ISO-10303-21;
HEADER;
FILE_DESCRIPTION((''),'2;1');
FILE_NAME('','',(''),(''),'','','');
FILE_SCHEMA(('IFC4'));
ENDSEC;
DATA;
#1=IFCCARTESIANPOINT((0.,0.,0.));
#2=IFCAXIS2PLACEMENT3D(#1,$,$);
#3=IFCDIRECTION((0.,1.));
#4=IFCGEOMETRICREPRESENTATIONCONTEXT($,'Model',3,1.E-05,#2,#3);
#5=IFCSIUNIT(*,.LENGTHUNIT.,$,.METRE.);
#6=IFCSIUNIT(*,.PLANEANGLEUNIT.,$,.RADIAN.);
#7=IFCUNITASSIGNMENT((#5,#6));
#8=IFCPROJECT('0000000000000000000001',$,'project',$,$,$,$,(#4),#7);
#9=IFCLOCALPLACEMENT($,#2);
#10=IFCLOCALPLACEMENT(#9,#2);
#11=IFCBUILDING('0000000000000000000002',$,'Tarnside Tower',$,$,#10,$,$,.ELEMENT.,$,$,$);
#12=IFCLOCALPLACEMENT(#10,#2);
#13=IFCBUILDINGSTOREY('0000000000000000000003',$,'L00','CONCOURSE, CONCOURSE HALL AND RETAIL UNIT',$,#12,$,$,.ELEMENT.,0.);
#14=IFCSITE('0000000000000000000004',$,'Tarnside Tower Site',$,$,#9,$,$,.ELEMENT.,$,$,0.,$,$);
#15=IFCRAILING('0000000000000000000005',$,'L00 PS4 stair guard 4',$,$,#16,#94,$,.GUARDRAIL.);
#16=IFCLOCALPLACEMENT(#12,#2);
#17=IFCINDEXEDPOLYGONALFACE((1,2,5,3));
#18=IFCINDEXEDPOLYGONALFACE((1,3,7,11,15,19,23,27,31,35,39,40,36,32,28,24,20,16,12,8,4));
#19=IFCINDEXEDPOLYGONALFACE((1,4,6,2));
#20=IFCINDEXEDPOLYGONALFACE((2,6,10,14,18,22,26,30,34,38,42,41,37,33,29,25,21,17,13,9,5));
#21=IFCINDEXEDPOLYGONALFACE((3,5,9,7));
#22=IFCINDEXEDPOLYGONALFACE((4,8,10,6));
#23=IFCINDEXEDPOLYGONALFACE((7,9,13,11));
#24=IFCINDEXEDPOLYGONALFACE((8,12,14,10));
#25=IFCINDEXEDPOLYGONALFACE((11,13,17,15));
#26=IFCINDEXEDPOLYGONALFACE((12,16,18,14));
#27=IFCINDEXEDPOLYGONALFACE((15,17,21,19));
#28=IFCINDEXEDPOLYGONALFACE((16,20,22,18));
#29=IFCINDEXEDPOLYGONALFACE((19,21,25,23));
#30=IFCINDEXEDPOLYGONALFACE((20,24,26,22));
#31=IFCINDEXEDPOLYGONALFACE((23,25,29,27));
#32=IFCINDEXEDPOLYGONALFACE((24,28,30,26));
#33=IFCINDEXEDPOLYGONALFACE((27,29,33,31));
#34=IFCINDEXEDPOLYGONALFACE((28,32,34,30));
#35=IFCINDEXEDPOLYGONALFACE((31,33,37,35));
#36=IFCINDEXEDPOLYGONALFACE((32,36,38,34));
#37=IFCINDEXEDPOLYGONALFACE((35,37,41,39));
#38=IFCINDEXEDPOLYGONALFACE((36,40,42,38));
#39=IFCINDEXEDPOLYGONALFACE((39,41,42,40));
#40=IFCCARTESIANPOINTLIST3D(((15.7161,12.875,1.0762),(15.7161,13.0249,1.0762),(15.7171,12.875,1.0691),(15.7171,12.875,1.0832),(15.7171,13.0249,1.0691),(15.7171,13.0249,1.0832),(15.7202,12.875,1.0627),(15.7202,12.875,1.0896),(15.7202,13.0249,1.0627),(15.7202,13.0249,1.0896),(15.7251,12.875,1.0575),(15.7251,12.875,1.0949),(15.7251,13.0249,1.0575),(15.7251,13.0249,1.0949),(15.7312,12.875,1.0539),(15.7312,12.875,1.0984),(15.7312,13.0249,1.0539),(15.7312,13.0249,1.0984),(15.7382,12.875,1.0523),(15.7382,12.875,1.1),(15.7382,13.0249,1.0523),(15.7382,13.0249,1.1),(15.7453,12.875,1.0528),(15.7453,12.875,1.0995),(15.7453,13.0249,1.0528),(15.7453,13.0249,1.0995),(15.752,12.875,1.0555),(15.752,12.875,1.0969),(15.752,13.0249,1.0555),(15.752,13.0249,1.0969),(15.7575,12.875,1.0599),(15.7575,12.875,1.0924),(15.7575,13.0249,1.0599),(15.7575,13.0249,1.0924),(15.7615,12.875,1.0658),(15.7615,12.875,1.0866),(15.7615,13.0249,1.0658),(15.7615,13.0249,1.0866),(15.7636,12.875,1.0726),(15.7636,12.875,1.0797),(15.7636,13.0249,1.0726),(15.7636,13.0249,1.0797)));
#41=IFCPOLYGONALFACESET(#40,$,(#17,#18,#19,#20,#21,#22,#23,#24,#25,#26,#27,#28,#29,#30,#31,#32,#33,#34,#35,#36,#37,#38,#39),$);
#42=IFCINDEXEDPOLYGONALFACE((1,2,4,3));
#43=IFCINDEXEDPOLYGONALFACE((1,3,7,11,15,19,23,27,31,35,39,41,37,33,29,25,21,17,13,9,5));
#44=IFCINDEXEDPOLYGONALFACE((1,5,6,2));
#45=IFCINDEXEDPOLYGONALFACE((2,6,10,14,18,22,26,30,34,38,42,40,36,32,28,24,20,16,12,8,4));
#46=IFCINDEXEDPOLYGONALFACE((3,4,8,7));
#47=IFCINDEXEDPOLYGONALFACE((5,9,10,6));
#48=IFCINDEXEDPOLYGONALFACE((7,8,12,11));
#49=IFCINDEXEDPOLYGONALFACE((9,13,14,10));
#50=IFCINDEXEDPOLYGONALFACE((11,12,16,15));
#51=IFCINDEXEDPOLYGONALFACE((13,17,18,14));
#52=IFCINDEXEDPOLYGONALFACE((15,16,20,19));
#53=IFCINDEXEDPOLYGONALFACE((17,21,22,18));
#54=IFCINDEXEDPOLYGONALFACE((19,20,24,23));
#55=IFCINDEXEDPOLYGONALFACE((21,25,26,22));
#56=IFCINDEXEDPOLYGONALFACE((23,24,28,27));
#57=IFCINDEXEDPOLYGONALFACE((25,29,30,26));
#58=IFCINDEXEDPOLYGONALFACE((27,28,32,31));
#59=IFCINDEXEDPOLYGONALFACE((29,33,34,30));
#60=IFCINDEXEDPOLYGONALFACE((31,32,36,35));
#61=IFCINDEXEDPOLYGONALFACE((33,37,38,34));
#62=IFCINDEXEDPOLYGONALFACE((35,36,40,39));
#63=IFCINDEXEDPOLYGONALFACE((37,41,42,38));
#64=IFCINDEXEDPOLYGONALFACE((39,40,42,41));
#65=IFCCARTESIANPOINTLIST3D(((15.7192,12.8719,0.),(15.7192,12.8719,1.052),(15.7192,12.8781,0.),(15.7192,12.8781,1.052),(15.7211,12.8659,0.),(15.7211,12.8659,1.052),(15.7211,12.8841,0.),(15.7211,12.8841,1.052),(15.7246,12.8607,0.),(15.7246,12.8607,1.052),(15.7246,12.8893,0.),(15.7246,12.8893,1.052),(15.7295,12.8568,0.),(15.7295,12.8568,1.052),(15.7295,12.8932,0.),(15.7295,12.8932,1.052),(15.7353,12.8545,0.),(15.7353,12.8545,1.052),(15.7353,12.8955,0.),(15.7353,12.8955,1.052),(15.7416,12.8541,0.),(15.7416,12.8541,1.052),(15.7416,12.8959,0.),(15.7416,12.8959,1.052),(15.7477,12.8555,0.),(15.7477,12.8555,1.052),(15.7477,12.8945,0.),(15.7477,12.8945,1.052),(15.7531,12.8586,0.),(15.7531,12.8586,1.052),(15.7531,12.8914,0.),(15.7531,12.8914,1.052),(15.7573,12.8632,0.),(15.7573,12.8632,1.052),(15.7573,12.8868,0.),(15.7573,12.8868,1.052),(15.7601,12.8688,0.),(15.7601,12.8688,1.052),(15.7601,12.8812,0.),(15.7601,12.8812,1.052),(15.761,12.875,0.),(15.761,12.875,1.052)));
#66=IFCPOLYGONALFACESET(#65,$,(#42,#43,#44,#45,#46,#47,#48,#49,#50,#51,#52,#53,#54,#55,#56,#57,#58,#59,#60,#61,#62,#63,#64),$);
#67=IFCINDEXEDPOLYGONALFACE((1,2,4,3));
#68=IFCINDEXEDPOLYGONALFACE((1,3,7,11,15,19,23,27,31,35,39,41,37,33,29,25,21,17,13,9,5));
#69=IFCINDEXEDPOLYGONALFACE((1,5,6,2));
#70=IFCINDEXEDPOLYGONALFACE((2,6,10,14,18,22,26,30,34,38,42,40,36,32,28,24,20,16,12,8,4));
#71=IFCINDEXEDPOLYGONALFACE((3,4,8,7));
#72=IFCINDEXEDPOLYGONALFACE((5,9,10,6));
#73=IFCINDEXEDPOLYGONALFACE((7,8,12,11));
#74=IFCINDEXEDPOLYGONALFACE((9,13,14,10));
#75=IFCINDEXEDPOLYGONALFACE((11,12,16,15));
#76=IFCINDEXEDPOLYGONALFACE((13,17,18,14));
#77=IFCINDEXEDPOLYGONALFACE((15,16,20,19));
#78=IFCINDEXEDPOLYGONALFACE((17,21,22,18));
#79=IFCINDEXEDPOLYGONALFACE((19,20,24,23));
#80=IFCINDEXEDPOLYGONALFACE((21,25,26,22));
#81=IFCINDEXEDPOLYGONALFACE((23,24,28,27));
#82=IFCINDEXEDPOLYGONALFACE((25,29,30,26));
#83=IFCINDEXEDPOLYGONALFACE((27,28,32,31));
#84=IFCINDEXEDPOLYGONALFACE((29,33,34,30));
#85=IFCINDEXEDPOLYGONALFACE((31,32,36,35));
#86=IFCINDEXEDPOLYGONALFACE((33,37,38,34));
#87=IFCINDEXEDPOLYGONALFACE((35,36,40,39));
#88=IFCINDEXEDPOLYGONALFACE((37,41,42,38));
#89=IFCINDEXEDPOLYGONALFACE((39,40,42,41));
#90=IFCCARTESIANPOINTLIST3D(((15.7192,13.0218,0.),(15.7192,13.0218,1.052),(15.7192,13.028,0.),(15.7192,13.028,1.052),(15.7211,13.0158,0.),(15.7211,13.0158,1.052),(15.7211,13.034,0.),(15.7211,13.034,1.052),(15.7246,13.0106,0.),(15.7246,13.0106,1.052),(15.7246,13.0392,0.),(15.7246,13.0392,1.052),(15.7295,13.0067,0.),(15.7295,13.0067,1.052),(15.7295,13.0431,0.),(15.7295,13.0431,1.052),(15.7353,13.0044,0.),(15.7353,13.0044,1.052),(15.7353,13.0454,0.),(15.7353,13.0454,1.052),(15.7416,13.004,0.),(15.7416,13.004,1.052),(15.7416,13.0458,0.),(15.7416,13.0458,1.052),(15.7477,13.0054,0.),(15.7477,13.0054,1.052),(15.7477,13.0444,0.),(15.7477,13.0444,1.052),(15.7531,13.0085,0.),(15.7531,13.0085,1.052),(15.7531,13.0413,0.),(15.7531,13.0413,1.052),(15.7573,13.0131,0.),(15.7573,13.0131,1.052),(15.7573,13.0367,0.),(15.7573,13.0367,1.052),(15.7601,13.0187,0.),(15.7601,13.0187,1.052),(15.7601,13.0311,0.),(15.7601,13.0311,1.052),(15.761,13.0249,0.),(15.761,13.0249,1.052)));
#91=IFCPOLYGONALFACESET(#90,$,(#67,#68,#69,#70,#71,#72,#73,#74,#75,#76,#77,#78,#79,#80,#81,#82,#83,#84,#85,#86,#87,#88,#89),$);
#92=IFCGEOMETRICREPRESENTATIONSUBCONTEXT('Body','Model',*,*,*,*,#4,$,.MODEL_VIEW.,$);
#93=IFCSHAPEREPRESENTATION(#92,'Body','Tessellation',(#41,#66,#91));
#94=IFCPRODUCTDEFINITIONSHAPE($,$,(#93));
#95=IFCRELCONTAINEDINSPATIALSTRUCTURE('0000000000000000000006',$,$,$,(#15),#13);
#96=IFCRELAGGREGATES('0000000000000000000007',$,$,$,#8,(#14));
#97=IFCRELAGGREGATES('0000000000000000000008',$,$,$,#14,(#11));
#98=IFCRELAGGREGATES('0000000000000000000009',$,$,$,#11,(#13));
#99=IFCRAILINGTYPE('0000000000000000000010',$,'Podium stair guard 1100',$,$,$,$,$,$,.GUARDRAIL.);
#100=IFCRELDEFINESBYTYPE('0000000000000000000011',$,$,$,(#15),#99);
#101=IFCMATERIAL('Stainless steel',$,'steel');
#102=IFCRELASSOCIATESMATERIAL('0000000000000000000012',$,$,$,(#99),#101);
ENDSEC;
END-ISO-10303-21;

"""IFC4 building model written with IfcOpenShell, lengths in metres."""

from ifc_helpers import new_model, si_unit, direction, frame, origin, origin_2d, place, context, subcontext, project, spatial, circle, extrude, material, type_object, element, save


model = new_model("IFC4")

# Units and contexts
model_context = context("Model", 3, precision=1e-05, world=origin(), true_north=direction((0.0, 1.0)))
body_context = subcontext(model_context, "Body", "Model", "MODEL_VIEW")
ifc_project = project(units=[si_unit("LENGTHUNIT", "METRE"), si_unit("PLANEANGLEUNIT", "RADIAN")], contexts=[model_context])

# Site, building, storey
site_placement = place(None, origin())
site = spatial("IfcSite", under=ifc_project, at=site_placement, Name="Tarnside Tower Site", CompositionType="ELEMENT", RefElevation=0.0)
building_placement = place(site_placement, origin())
building = spatial("IfcBuilding", under=site, at=building_placement, Name="Tarnside Tower", CompositionType="ELEMENT")
storey_placement = place(building_placement, origin())
storey = spatial("IfcBuildingStorey", under=building, at=storey_placement, Name="L00", Description="CONCOURSE, CONCOURSE HALL AND RETAIL UNIT", CompositionType="ELEMENT", Elevation=0.0)

# Railing
ifc_material_1 = material(Name="Stainless steel", Category="steel")
railing_type_1 = type_object("IfcRailingType", Name="Podium stair guard 1100", PredefinedType="GUARDRAIL", material=ifc_material_1)
railing_1_placement = place(storey_placement, frame((15.74, 12.875, 0.0)))
element("IfcRailing", 1, at=railing_1_placement, inside=storey, type_object=railing_type_1, Name="L00 PS4 stair guard 4", PredefinedType="GUARDRAIL", context=body_context, shape_type="SweptSolid", body=[
    extrude(circle(Radius=0.0239, at=origin_2d()), frame((0.0, 0.0, 1.0762), z_axis=(0.0, 1.0, 0.0), x_axis=(-1.0, 0.0, 0.0)), (0.0, 0.0, 1.0), 0.1499),
    extrude(circle(Radius=0.021, at=origin_2d()), origin(), (0.0, 0.0, 1.0), 1.052),
    extrude(circle(Radius=0.021, at=origin_2d()), frame((0.0, 0.1499, 0.0)), (0.0, 0.0, 1.0), 1.052),
])

save(model, "model.ifc")
